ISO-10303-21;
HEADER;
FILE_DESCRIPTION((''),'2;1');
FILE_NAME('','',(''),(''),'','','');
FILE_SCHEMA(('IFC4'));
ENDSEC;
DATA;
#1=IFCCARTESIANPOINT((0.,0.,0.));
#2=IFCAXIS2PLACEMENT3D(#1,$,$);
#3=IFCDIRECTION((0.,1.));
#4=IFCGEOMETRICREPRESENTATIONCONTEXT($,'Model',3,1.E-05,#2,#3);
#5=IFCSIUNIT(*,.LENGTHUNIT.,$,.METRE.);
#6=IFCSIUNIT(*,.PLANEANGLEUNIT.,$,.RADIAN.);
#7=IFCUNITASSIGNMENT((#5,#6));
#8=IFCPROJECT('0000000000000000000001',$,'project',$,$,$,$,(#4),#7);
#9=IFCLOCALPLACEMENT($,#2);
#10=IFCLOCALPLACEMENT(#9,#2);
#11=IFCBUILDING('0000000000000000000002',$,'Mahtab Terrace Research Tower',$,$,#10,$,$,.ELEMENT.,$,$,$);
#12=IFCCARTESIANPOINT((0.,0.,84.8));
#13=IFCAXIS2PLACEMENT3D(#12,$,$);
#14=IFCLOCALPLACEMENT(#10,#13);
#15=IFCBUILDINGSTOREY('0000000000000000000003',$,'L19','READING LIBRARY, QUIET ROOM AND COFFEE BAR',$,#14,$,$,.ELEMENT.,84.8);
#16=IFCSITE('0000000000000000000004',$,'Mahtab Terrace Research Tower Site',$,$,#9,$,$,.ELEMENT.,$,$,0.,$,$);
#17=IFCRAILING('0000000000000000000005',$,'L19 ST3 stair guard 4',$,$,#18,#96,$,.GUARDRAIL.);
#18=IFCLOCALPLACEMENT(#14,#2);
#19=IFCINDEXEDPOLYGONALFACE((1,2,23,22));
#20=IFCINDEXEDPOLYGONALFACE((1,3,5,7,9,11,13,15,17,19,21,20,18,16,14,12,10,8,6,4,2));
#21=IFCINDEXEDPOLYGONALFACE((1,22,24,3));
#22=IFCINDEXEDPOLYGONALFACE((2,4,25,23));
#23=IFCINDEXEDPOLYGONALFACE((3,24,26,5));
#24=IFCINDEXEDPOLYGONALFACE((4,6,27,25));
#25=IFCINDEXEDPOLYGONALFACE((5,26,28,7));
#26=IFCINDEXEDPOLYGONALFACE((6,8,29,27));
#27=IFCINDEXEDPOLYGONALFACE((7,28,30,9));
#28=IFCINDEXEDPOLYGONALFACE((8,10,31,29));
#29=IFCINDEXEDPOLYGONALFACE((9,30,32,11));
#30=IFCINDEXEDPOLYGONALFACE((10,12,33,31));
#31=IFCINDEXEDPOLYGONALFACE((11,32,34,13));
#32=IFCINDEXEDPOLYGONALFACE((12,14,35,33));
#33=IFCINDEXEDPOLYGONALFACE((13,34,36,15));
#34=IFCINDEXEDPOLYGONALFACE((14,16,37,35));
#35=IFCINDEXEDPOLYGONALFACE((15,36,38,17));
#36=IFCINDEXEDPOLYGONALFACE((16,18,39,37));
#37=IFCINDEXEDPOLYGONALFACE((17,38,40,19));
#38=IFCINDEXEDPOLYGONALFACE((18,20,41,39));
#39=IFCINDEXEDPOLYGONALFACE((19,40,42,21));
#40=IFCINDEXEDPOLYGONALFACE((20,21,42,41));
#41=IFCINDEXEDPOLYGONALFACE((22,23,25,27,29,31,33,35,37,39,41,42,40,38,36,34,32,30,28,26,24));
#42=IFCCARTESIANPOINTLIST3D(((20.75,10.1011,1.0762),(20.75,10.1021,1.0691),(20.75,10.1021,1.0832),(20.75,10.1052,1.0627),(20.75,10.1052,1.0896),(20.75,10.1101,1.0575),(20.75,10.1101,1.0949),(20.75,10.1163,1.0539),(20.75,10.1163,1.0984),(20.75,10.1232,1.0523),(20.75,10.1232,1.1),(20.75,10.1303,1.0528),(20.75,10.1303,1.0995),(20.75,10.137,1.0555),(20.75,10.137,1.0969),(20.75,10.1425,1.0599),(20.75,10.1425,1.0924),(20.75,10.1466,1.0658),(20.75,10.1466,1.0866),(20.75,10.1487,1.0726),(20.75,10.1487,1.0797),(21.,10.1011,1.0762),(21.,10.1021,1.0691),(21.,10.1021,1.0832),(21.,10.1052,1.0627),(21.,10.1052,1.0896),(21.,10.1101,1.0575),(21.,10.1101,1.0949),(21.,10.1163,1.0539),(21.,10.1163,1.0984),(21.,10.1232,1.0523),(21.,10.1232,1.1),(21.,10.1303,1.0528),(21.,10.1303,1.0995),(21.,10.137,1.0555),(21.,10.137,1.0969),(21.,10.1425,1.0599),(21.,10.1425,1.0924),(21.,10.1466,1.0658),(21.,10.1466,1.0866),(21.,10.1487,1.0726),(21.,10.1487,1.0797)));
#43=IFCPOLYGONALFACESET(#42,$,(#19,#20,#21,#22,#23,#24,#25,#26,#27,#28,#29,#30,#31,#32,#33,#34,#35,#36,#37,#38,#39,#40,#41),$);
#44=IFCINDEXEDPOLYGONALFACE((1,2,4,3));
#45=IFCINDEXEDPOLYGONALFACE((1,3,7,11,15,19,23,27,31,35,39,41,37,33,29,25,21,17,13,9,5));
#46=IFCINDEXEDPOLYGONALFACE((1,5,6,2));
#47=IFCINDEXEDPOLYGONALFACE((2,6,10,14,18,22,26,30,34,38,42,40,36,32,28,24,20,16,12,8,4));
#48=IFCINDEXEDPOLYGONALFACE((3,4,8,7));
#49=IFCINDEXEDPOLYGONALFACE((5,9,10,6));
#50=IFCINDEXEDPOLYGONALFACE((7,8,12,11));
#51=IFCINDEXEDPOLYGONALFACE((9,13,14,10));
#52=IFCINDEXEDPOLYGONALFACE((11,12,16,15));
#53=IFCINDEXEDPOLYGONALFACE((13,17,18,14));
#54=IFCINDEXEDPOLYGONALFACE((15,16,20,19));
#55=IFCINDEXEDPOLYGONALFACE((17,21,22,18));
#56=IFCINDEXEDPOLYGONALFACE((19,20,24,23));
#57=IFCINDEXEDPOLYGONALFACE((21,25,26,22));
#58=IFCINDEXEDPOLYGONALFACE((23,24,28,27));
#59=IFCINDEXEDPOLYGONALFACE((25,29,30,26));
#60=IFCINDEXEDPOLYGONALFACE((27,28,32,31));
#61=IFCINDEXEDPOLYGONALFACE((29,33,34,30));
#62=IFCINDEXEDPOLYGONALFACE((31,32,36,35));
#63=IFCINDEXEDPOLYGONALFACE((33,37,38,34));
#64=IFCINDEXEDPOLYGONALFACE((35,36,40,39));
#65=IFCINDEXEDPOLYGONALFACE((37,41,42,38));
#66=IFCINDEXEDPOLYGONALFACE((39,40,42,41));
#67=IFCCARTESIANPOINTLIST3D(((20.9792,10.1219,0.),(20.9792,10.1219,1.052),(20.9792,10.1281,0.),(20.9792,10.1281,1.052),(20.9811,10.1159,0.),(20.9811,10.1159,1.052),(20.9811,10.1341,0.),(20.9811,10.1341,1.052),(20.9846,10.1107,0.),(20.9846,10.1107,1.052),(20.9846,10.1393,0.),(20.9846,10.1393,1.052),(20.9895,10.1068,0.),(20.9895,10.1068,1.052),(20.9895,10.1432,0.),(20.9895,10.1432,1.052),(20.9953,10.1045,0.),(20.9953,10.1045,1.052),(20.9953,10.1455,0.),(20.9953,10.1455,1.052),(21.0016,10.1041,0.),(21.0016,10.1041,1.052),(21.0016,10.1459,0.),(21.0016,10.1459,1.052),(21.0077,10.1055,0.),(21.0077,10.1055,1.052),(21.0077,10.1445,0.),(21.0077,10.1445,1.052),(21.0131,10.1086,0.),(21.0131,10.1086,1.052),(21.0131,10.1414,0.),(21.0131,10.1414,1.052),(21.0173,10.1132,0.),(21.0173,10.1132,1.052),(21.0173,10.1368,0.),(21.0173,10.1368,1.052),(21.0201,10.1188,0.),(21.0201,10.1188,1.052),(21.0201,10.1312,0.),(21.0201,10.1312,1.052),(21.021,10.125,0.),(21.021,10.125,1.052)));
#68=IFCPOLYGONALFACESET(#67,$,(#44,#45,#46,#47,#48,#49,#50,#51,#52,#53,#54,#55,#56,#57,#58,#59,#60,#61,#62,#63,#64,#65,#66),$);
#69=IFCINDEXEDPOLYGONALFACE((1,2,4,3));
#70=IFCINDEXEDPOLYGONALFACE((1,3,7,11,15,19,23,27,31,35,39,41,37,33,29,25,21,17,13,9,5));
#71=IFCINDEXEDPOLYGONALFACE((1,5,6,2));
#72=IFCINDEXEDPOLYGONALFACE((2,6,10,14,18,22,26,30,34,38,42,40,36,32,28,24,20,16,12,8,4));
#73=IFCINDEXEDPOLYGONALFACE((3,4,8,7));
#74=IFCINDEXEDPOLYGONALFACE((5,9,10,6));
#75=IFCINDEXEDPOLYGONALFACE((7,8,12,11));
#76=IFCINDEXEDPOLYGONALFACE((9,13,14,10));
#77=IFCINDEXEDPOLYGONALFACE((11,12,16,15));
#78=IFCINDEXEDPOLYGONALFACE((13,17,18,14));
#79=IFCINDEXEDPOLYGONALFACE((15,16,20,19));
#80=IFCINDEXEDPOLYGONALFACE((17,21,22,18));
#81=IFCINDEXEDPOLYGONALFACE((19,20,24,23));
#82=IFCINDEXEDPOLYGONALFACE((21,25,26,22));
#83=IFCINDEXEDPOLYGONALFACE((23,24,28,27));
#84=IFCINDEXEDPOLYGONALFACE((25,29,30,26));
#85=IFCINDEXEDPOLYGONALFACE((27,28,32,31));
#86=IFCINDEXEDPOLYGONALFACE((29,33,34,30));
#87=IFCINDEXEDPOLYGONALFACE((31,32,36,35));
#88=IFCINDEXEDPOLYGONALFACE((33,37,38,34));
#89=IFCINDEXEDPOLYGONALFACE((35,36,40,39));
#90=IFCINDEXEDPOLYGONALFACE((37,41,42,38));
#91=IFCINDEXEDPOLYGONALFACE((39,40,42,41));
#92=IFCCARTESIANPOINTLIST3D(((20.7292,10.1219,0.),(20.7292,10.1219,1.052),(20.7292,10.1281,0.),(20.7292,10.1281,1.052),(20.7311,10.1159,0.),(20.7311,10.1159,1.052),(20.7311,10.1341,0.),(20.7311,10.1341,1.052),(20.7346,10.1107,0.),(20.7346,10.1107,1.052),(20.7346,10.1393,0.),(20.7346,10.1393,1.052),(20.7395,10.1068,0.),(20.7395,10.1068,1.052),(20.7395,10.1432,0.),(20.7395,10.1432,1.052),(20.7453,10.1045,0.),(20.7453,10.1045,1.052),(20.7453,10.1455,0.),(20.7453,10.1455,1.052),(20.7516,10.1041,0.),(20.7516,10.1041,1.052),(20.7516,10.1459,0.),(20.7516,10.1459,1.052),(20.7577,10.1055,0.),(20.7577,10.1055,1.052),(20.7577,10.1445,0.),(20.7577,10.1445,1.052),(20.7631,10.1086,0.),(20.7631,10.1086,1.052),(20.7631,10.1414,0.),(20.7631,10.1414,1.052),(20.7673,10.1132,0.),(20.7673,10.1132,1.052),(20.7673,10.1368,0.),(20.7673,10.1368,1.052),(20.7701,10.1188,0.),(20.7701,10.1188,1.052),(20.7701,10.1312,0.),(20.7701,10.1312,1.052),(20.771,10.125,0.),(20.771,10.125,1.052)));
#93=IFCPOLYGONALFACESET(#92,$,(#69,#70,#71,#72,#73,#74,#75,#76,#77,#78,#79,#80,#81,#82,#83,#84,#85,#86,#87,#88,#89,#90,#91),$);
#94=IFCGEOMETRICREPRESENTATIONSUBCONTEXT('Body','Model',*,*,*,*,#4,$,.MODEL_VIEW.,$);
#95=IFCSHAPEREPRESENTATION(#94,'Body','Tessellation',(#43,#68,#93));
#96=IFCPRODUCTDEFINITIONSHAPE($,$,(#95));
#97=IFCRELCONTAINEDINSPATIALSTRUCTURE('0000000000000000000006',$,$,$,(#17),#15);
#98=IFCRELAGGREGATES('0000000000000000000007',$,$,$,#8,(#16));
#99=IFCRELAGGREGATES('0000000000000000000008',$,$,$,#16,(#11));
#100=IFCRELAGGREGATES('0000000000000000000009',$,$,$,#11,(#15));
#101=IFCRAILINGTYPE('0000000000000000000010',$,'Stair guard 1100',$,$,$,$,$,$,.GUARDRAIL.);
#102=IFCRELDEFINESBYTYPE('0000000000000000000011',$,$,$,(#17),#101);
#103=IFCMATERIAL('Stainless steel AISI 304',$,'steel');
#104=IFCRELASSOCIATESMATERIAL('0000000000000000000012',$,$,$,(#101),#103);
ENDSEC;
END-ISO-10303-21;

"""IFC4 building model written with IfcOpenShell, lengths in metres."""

from ifc_helpers import new_model, si_unit, direction, frame, origin, origin_2d, place, context, subcontext, project, spatial, circle, extrude, material, type_object, element, save


model = new_model("IFC4")

# Units and contexts
model_context = context("Model", 3, precision=1e-05, world=origin(), true_north=direction((0.0, 1.0)))
body_context = subcontext(model_context, "Body", "Model", "MODEL_VIEW")
ifc_project = project(units=[si_unit("LENGTHUNIT", "METRE"), si_unit("PLANEANGLEUNIT", "RADIAN")], contexts=[model_context])

# Site, building, storey
site_placement = place(None, origin())
site = spatial("IfcSite", under=ifc_project, at=site_placement, Name="Mahtab Terrace Research Tower Site", CompositionType="ELEMENT", RefElevation=0.0)
building_placement = place(site_placement, origin())
building = spatial("IfcBuilding", under=site, at=building_placement, Name="Mahtab Terrace Research Tower", CompositionType="ELEMENT")
storey_placement = place(building_placement, frame((0.0, 0.0, 84.8)))
storey = spatial("IfcBuildingStorey", under=building, at=storey_placement, Name="L19", Description="READING LIBRARY, QUIET ROOM AND COFFEE BAR", CompositionType="ELEMENT", Elevation=84.8)

# Railing
ifc_material_1 = material(Name="Stainless steel AISI 304", Category="steel")
railing_type_1 = type_object("IfcRailingType", Name="Stair guard 1100", PredefinedType="GUARDRAIL", material=ifc_material_1)
railing_1_placement = place(storey_placement, frame((21.0, 10.125, 0.0)))
element("IfcRailing", 1, at=railing_1_placement, inside=storey, type_object=railing_type_1, Name="L19 ST3 stair guard 4", PredefinedType="GUARDRAIL", context=body_context, shape_type="SweptSolid", body=[
    extrude(circle(Radius=0.0239, at=origin_2d()), frame((0.0, 0.0, 1.0762), z_axis=(-1.0, 0.0, 0.0), x_axis=(0.0, -1.0, 0.0)), (0.0, 0.0, 1.0), 0.25),
    extrude(circle(Radius=0.021, at=origin_2d()), origin(), (0.0, 0.0, 1.0), 1.052),
    extrude(circle(Radius=0.021, at=origin_2d()), frame((-0.25, 0.0, 0.0)), (0.0, 0.0, 1.0), 1.052),
])

save(model, "model.ifc")
